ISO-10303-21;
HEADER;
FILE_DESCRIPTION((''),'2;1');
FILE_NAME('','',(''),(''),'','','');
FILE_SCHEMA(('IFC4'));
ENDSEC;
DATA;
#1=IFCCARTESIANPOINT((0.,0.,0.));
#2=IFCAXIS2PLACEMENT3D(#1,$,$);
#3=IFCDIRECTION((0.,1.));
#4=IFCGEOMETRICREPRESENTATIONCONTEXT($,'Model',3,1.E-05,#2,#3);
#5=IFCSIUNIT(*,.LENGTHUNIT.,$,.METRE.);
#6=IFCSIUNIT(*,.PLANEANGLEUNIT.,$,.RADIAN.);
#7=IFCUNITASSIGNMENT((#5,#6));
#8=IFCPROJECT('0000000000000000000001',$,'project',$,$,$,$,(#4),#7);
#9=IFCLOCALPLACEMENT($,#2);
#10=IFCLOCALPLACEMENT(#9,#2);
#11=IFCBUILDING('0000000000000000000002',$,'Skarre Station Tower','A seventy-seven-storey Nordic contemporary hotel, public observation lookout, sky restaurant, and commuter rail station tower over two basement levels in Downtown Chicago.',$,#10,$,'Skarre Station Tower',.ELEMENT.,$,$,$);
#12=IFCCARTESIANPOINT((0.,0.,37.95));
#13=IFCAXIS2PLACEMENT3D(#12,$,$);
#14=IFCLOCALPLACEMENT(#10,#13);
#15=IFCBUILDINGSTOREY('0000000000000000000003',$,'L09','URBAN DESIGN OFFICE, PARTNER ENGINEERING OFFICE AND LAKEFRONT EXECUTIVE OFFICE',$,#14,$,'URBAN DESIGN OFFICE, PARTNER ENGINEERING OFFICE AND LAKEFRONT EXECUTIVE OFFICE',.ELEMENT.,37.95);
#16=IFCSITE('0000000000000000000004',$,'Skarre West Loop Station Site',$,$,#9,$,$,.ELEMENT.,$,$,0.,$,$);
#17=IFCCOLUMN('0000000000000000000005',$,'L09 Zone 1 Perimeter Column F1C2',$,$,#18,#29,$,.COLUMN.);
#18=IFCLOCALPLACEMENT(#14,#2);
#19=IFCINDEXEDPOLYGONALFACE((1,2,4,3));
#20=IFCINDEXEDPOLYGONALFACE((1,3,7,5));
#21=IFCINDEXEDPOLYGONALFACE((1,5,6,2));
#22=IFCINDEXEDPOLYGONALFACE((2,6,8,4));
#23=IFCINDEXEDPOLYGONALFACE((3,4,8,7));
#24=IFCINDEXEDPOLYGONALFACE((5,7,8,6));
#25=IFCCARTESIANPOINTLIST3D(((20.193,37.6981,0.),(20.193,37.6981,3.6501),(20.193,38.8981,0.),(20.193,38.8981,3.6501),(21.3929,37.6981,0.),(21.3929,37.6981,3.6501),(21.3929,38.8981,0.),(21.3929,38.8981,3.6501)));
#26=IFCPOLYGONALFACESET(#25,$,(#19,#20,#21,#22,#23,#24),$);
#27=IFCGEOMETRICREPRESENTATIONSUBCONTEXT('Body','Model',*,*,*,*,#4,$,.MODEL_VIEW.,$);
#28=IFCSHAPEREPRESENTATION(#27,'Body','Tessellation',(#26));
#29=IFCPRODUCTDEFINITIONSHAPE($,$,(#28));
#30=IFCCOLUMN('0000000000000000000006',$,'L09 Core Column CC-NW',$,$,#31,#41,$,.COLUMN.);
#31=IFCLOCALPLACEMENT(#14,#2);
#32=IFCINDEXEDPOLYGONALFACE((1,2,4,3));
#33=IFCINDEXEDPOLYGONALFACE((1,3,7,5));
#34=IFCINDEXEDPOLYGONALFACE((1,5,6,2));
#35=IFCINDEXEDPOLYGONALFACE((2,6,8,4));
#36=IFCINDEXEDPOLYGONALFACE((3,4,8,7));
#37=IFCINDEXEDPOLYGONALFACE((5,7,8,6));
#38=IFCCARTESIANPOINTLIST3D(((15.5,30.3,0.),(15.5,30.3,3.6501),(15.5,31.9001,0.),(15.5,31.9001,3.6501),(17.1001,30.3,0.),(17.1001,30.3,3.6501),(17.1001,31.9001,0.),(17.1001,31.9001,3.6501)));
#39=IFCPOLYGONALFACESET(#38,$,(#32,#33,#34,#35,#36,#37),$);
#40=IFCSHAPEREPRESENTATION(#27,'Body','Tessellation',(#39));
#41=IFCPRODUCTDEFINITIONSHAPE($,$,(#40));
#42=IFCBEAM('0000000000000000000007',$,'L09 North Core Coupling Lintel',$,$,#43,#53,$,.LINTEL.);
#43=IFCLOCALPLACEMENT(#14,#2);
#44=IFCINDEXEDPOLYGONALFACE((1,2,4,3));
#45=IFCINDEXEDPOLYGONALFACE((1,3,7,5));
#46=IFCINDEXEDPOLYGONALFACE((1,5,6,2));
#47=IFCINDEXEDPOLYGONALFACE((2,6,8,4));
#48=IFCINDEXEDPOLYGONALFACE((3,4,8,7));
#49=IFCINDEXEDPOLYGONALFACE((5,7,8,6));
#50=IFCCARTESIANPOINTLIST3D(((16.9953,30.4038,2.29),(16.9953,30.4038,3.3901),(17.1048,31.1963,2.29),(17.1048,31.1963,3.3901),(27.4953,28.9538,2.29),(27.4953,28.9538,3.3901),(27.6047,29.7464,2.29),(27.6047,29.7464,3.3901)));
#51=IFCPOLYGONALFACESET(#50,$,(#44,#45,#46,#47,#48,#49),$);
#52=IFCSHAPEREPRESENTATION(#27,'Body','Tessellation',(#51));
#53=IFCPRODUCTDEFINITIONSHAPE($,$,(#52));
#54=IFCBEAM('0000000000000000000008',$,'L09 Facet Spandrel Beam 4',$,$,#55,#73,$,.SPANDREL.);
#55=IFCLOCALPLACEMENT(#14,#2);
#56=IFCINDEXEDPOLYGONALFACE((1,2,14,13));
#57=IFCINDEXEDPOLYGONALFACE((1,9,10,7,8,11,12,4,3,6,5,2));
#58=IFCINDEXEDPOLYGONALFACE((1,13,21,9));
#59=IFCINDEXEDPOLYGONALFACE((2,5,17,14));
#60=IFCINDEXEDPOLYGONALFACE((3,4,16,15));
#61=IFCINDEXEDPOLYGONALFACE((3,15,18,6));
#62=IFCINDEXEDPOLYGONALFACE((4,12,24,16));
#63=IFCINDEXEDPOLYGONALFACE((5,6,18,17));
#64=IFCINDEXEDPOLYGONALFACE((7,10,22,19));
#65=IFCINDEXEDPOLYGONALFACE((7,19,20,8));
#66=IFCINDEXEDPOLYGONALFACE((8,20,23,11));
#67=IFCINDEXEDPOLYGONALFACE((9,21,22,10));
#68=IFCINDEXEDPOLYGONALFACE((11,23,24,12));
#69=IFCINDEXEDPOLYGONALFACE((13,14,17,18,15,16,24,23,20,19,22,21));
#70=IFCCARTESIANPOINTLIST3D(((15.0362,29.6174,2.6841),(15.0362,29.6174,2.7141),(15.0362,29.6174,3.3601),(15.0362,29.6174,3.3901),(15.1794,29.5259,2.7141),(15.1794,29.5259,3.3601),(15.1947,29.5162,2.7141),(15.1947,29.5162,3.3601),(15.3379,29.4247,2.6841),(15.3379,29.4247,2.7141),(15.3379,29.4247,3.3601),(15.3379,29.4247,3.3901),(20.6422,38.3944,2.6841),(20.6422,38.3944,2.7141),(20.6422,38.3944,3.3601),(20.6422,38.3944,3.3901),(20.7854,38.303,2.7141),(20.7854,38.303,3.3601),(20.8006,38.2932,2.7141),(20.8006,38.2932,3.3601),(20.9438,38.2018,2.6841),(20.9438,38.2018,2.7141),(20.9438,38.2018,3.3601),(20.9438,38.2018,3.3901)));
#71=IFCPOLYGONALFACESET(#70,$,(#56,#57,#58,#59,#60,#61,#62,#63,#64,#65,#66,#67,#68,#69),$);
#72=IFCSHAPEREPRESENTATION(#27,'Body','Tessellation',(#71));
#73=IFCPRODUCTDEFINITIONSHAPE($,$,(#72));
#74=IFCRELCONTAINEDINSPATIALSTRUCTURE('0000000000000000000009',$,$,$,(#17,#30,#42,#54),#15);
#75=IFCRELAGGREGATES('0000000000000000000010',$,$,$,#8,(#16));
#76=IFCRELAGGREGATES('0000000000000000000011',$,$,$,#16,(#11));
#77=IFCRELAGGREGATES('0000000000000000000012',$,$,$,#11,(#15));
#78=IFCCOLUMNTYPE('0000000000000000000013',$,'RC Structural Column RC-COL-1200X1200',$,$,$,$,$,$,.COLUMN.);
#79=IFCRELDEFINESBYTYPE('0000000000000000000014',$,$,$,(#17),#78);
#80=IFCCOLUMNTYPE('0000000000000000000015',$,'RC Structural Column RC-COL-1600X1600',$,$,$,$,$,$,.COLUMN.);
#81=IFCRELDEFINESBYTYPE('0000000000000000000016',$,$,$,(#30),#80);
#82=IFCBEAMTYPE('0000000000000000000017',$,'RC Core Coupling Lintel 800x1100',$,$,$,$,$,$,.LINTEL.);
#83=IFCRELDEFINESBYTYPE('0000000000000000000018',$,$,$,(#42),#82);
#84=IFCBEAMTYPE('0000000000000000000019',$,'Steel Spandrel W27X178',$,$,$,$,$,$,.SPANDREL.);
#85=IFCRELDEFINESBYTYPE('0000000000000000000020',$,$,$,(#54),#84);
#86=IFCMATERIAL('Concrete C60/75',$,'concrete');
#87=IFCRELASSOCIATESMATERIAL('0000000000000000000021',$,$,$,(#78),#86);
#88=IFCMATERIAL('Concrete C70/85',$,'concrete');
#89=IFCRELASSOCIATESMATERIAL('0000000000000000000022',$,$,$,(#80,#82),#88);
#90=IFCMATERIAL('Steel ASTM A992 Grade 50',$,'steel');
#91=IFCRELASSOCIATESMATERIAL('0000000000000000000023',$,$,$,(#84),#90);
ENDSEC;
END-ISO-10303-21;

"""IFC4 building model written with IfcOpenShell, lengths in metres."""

from ifc_helpers import new_model, si_unit, direction, frame, origin, origin_2d, place, context, subcontext, project, spatial, rectangle, i_section, extrude, material, material_profile, profile_set, type_object, element, save


model = new_model("IFC4")

# Units and contexts
model_context = context("Model", 3, precision=1e-05, world=origin(), true_north=direction((0.0, 1.0)))
body_context = subcontext(model_context, "Body", "Model", "MODEL_VIEW")
ifc_project = project(units=[si_unit("LENGTHUNIT", "METRE"), si_unit("PLANEANGLEUNIT", "RADIAN")], contexts=[model_context])

# Site, building, storey
site_placement = place(None, origin())
site = spatial("IfcSite", under=ifc_project, at=site_placement, Name="Skarre West Loop Station Site", CompositionType="ELEMENT", RefElevation=0.0)
building_placement = place(site_placement, origin())
building = spatial("IfcBuilding", under=site, at=building_placement, Name="Skarre Station Tower", Description="A seventy-seven-storey Nordic contemporary hotel, public observation lookout, sky restaurant, and commuter rail station tower over two basement levels in Downtown Chicago.", LongName="Skarre Station Tower", CompositionType="ELEMENT")
storey_placement = place(building_placement, frame((0.0, 0.0, 37.95)))
storey = spatial("IfcBuildingStorey", under=building, at=storey_placement, Name="L09", Description="URBAN DESIGN OFFICE, PARTNER ENGINEERING OFFICE AND LAKEFRONT EXECUTIVE OFFICE", LongName="URBAN DESIGN OFFICE, PARTNER ENGINEERING OFFICE AND LAKEFRONT EXECUTIVE OFFICE", CompositionType="ELEMENT", Elevation=37.95)

# Columns
ifc_material_1 = material(Name="Concrete C60/75", Category="concrete")
ifc_material_profile_1 = material_profile(ifc_material_1, rectangle(XDim=1.2, YDim=1.2, at=origin_2d()), Name="Concrete C60/75")
ifc_profile_set_1 = profile_set([ifc_material_profile_1], Name="Concrete C60/75")
column_type_1 = type_object("IfcColumnType", Name="RC Structural Column RC-COL-1200X1200", PredefinedType="COLUMN", material=ifc_profile_set_1)
column_1_placement = place(storey_placement, frame((20.793, 38.2981, 0.0), z_axis=(0.0, 0.0, 1.0), x_axis=(1.0, 0.0, 0.0)))
element("IfcColumn", 1, at=column_1_placement, inside=storey, type_object=column_type_1, Name="L09 Zone 1 Perimeter Column F1C2", PredefinedType="COLUMN", context=body_context, shape_type="SweptSolid", body=[
    extrude(rectangle(XDim=1.2, YDim=1.2, at=origin_2d()), origin(), (0.0, 0.0, 1.0), 3.6501),
])
ifc_material_2 = material(Name="Concrete C70/85", Category="concrete")
ifc_material_profile_2 = material_profile(ifc_material_2, rectangle(XDim=1.6001, YDim=1.6001, at=origin_2d()), Name="Concrete C70/85")
ifc_profile_set_2 = profile_set([ifc_material_profile_2], Name="Concrete C70/85")
column_type_2 = type_object("IfcColumnType", Name="RC Structural Column RC-COL-1600X1600", PredefinedType="COLUMN", material=ifc_profile_set_2)
column_2_placement = place(storey_placement, frame((16.3, 31.1001, 0.0), z_axis=(0.0, 0.0, 1.0), x_axis=(1.0, 0.0, 0.0)))
element("IfcColumn", 2, at=column_2_placement, inside=storey, type_object=column_type_2, Name="L09 Core Column CC-NW", PredefinedType="COLUMN", context=body_context, shape_type="SweptSolid", body=[
    extrude(rectangle(XDim=1.6001, YDim=1.6001, at=origin_2d()), origin(), (0.0, 0.0, 1.0), 3.6501),
])

# Beams
ifc_material_profile_3 = material_profile(ifc_material_2, rectangle(XDim=0.8, YDim=1.1001, at=origin_2d()), Name="Concrete C70/85")
ifc_profile_set_3 = profile_set([ifc_material_profile_3], Name="Concrete C70/85")
beam_type_1 = type_object("IfcBeamType", Name="RC Core Coupling Lintel 800x1100", PredefinedType="LINTEL", material=ifc_profile_set_3)
beam_1_placement = place(storey_placement, frame((17.05, 30.8, 2.8401), z_axis=(0.9906, -0.136792, 0.0), x_axis=(0.136792, 0.9906, 0.0)))
element("IfcBeam", 3, at=beam_1_placement, inside=storey, type_object=beam_type_1, Name="L09 North Core Coupling Lintel", PredefinedType="LINTEL", context=body_context, shape_type="SweptSolid", body=[
    extrude(rectangle(XDim=0.8, YDim=1.1001, at=origin_2d()), origin(), (0.0, 0.0, 1.0), 10.5996),
])
ifc_material_3 = material(Name="Steel ASTM A992 Grade 50", Category="steel")
ifc_material_profile_4 = material_profile(ifc_material_3, i_section(OverallWidth=0.3579, OverallDepth=0.7061, WebThickness=0.0181, FlangeThickness=0.03, at=origin_2d()), Name="Steel ASTM A992 Grade 50")
ifc_profile_set_4 = profile_set([ifc_material_profile_4], Name="Steel ASTM A992 Grade 50")
beam_type_2 = type_object("IfcBeamType", Name="Steel Spandrel W27X178", PredefinedType="SPANDREL", material=ifc_profile_set_4)
beam_2_placement = place(storey_placement, frame((20.793, 38.2981, 3.0371), z_axis=(-0.538278, -0.842767, 0.0), x_axis=(0.842767, -0.538278, 0.0)))
element("IfcBeam", 4, at=beam_2_placement, inside=storey, type_object=beam_type_2, Name="L09 Facet Spandrel Beam 4", PredefinedType="SPANDREL", context=body_context, shape_type="SweptSolid", body=[
    extrude(i_section(OverallWidth=0.3579, OverallDepth=0.7061, WebThickness=0.0181, FlangeThickness=0.03, at=origin_2d()), origin(), (0.0, 0.0, 1.0), 10.4146),
])

save(model, "model.ifc")
